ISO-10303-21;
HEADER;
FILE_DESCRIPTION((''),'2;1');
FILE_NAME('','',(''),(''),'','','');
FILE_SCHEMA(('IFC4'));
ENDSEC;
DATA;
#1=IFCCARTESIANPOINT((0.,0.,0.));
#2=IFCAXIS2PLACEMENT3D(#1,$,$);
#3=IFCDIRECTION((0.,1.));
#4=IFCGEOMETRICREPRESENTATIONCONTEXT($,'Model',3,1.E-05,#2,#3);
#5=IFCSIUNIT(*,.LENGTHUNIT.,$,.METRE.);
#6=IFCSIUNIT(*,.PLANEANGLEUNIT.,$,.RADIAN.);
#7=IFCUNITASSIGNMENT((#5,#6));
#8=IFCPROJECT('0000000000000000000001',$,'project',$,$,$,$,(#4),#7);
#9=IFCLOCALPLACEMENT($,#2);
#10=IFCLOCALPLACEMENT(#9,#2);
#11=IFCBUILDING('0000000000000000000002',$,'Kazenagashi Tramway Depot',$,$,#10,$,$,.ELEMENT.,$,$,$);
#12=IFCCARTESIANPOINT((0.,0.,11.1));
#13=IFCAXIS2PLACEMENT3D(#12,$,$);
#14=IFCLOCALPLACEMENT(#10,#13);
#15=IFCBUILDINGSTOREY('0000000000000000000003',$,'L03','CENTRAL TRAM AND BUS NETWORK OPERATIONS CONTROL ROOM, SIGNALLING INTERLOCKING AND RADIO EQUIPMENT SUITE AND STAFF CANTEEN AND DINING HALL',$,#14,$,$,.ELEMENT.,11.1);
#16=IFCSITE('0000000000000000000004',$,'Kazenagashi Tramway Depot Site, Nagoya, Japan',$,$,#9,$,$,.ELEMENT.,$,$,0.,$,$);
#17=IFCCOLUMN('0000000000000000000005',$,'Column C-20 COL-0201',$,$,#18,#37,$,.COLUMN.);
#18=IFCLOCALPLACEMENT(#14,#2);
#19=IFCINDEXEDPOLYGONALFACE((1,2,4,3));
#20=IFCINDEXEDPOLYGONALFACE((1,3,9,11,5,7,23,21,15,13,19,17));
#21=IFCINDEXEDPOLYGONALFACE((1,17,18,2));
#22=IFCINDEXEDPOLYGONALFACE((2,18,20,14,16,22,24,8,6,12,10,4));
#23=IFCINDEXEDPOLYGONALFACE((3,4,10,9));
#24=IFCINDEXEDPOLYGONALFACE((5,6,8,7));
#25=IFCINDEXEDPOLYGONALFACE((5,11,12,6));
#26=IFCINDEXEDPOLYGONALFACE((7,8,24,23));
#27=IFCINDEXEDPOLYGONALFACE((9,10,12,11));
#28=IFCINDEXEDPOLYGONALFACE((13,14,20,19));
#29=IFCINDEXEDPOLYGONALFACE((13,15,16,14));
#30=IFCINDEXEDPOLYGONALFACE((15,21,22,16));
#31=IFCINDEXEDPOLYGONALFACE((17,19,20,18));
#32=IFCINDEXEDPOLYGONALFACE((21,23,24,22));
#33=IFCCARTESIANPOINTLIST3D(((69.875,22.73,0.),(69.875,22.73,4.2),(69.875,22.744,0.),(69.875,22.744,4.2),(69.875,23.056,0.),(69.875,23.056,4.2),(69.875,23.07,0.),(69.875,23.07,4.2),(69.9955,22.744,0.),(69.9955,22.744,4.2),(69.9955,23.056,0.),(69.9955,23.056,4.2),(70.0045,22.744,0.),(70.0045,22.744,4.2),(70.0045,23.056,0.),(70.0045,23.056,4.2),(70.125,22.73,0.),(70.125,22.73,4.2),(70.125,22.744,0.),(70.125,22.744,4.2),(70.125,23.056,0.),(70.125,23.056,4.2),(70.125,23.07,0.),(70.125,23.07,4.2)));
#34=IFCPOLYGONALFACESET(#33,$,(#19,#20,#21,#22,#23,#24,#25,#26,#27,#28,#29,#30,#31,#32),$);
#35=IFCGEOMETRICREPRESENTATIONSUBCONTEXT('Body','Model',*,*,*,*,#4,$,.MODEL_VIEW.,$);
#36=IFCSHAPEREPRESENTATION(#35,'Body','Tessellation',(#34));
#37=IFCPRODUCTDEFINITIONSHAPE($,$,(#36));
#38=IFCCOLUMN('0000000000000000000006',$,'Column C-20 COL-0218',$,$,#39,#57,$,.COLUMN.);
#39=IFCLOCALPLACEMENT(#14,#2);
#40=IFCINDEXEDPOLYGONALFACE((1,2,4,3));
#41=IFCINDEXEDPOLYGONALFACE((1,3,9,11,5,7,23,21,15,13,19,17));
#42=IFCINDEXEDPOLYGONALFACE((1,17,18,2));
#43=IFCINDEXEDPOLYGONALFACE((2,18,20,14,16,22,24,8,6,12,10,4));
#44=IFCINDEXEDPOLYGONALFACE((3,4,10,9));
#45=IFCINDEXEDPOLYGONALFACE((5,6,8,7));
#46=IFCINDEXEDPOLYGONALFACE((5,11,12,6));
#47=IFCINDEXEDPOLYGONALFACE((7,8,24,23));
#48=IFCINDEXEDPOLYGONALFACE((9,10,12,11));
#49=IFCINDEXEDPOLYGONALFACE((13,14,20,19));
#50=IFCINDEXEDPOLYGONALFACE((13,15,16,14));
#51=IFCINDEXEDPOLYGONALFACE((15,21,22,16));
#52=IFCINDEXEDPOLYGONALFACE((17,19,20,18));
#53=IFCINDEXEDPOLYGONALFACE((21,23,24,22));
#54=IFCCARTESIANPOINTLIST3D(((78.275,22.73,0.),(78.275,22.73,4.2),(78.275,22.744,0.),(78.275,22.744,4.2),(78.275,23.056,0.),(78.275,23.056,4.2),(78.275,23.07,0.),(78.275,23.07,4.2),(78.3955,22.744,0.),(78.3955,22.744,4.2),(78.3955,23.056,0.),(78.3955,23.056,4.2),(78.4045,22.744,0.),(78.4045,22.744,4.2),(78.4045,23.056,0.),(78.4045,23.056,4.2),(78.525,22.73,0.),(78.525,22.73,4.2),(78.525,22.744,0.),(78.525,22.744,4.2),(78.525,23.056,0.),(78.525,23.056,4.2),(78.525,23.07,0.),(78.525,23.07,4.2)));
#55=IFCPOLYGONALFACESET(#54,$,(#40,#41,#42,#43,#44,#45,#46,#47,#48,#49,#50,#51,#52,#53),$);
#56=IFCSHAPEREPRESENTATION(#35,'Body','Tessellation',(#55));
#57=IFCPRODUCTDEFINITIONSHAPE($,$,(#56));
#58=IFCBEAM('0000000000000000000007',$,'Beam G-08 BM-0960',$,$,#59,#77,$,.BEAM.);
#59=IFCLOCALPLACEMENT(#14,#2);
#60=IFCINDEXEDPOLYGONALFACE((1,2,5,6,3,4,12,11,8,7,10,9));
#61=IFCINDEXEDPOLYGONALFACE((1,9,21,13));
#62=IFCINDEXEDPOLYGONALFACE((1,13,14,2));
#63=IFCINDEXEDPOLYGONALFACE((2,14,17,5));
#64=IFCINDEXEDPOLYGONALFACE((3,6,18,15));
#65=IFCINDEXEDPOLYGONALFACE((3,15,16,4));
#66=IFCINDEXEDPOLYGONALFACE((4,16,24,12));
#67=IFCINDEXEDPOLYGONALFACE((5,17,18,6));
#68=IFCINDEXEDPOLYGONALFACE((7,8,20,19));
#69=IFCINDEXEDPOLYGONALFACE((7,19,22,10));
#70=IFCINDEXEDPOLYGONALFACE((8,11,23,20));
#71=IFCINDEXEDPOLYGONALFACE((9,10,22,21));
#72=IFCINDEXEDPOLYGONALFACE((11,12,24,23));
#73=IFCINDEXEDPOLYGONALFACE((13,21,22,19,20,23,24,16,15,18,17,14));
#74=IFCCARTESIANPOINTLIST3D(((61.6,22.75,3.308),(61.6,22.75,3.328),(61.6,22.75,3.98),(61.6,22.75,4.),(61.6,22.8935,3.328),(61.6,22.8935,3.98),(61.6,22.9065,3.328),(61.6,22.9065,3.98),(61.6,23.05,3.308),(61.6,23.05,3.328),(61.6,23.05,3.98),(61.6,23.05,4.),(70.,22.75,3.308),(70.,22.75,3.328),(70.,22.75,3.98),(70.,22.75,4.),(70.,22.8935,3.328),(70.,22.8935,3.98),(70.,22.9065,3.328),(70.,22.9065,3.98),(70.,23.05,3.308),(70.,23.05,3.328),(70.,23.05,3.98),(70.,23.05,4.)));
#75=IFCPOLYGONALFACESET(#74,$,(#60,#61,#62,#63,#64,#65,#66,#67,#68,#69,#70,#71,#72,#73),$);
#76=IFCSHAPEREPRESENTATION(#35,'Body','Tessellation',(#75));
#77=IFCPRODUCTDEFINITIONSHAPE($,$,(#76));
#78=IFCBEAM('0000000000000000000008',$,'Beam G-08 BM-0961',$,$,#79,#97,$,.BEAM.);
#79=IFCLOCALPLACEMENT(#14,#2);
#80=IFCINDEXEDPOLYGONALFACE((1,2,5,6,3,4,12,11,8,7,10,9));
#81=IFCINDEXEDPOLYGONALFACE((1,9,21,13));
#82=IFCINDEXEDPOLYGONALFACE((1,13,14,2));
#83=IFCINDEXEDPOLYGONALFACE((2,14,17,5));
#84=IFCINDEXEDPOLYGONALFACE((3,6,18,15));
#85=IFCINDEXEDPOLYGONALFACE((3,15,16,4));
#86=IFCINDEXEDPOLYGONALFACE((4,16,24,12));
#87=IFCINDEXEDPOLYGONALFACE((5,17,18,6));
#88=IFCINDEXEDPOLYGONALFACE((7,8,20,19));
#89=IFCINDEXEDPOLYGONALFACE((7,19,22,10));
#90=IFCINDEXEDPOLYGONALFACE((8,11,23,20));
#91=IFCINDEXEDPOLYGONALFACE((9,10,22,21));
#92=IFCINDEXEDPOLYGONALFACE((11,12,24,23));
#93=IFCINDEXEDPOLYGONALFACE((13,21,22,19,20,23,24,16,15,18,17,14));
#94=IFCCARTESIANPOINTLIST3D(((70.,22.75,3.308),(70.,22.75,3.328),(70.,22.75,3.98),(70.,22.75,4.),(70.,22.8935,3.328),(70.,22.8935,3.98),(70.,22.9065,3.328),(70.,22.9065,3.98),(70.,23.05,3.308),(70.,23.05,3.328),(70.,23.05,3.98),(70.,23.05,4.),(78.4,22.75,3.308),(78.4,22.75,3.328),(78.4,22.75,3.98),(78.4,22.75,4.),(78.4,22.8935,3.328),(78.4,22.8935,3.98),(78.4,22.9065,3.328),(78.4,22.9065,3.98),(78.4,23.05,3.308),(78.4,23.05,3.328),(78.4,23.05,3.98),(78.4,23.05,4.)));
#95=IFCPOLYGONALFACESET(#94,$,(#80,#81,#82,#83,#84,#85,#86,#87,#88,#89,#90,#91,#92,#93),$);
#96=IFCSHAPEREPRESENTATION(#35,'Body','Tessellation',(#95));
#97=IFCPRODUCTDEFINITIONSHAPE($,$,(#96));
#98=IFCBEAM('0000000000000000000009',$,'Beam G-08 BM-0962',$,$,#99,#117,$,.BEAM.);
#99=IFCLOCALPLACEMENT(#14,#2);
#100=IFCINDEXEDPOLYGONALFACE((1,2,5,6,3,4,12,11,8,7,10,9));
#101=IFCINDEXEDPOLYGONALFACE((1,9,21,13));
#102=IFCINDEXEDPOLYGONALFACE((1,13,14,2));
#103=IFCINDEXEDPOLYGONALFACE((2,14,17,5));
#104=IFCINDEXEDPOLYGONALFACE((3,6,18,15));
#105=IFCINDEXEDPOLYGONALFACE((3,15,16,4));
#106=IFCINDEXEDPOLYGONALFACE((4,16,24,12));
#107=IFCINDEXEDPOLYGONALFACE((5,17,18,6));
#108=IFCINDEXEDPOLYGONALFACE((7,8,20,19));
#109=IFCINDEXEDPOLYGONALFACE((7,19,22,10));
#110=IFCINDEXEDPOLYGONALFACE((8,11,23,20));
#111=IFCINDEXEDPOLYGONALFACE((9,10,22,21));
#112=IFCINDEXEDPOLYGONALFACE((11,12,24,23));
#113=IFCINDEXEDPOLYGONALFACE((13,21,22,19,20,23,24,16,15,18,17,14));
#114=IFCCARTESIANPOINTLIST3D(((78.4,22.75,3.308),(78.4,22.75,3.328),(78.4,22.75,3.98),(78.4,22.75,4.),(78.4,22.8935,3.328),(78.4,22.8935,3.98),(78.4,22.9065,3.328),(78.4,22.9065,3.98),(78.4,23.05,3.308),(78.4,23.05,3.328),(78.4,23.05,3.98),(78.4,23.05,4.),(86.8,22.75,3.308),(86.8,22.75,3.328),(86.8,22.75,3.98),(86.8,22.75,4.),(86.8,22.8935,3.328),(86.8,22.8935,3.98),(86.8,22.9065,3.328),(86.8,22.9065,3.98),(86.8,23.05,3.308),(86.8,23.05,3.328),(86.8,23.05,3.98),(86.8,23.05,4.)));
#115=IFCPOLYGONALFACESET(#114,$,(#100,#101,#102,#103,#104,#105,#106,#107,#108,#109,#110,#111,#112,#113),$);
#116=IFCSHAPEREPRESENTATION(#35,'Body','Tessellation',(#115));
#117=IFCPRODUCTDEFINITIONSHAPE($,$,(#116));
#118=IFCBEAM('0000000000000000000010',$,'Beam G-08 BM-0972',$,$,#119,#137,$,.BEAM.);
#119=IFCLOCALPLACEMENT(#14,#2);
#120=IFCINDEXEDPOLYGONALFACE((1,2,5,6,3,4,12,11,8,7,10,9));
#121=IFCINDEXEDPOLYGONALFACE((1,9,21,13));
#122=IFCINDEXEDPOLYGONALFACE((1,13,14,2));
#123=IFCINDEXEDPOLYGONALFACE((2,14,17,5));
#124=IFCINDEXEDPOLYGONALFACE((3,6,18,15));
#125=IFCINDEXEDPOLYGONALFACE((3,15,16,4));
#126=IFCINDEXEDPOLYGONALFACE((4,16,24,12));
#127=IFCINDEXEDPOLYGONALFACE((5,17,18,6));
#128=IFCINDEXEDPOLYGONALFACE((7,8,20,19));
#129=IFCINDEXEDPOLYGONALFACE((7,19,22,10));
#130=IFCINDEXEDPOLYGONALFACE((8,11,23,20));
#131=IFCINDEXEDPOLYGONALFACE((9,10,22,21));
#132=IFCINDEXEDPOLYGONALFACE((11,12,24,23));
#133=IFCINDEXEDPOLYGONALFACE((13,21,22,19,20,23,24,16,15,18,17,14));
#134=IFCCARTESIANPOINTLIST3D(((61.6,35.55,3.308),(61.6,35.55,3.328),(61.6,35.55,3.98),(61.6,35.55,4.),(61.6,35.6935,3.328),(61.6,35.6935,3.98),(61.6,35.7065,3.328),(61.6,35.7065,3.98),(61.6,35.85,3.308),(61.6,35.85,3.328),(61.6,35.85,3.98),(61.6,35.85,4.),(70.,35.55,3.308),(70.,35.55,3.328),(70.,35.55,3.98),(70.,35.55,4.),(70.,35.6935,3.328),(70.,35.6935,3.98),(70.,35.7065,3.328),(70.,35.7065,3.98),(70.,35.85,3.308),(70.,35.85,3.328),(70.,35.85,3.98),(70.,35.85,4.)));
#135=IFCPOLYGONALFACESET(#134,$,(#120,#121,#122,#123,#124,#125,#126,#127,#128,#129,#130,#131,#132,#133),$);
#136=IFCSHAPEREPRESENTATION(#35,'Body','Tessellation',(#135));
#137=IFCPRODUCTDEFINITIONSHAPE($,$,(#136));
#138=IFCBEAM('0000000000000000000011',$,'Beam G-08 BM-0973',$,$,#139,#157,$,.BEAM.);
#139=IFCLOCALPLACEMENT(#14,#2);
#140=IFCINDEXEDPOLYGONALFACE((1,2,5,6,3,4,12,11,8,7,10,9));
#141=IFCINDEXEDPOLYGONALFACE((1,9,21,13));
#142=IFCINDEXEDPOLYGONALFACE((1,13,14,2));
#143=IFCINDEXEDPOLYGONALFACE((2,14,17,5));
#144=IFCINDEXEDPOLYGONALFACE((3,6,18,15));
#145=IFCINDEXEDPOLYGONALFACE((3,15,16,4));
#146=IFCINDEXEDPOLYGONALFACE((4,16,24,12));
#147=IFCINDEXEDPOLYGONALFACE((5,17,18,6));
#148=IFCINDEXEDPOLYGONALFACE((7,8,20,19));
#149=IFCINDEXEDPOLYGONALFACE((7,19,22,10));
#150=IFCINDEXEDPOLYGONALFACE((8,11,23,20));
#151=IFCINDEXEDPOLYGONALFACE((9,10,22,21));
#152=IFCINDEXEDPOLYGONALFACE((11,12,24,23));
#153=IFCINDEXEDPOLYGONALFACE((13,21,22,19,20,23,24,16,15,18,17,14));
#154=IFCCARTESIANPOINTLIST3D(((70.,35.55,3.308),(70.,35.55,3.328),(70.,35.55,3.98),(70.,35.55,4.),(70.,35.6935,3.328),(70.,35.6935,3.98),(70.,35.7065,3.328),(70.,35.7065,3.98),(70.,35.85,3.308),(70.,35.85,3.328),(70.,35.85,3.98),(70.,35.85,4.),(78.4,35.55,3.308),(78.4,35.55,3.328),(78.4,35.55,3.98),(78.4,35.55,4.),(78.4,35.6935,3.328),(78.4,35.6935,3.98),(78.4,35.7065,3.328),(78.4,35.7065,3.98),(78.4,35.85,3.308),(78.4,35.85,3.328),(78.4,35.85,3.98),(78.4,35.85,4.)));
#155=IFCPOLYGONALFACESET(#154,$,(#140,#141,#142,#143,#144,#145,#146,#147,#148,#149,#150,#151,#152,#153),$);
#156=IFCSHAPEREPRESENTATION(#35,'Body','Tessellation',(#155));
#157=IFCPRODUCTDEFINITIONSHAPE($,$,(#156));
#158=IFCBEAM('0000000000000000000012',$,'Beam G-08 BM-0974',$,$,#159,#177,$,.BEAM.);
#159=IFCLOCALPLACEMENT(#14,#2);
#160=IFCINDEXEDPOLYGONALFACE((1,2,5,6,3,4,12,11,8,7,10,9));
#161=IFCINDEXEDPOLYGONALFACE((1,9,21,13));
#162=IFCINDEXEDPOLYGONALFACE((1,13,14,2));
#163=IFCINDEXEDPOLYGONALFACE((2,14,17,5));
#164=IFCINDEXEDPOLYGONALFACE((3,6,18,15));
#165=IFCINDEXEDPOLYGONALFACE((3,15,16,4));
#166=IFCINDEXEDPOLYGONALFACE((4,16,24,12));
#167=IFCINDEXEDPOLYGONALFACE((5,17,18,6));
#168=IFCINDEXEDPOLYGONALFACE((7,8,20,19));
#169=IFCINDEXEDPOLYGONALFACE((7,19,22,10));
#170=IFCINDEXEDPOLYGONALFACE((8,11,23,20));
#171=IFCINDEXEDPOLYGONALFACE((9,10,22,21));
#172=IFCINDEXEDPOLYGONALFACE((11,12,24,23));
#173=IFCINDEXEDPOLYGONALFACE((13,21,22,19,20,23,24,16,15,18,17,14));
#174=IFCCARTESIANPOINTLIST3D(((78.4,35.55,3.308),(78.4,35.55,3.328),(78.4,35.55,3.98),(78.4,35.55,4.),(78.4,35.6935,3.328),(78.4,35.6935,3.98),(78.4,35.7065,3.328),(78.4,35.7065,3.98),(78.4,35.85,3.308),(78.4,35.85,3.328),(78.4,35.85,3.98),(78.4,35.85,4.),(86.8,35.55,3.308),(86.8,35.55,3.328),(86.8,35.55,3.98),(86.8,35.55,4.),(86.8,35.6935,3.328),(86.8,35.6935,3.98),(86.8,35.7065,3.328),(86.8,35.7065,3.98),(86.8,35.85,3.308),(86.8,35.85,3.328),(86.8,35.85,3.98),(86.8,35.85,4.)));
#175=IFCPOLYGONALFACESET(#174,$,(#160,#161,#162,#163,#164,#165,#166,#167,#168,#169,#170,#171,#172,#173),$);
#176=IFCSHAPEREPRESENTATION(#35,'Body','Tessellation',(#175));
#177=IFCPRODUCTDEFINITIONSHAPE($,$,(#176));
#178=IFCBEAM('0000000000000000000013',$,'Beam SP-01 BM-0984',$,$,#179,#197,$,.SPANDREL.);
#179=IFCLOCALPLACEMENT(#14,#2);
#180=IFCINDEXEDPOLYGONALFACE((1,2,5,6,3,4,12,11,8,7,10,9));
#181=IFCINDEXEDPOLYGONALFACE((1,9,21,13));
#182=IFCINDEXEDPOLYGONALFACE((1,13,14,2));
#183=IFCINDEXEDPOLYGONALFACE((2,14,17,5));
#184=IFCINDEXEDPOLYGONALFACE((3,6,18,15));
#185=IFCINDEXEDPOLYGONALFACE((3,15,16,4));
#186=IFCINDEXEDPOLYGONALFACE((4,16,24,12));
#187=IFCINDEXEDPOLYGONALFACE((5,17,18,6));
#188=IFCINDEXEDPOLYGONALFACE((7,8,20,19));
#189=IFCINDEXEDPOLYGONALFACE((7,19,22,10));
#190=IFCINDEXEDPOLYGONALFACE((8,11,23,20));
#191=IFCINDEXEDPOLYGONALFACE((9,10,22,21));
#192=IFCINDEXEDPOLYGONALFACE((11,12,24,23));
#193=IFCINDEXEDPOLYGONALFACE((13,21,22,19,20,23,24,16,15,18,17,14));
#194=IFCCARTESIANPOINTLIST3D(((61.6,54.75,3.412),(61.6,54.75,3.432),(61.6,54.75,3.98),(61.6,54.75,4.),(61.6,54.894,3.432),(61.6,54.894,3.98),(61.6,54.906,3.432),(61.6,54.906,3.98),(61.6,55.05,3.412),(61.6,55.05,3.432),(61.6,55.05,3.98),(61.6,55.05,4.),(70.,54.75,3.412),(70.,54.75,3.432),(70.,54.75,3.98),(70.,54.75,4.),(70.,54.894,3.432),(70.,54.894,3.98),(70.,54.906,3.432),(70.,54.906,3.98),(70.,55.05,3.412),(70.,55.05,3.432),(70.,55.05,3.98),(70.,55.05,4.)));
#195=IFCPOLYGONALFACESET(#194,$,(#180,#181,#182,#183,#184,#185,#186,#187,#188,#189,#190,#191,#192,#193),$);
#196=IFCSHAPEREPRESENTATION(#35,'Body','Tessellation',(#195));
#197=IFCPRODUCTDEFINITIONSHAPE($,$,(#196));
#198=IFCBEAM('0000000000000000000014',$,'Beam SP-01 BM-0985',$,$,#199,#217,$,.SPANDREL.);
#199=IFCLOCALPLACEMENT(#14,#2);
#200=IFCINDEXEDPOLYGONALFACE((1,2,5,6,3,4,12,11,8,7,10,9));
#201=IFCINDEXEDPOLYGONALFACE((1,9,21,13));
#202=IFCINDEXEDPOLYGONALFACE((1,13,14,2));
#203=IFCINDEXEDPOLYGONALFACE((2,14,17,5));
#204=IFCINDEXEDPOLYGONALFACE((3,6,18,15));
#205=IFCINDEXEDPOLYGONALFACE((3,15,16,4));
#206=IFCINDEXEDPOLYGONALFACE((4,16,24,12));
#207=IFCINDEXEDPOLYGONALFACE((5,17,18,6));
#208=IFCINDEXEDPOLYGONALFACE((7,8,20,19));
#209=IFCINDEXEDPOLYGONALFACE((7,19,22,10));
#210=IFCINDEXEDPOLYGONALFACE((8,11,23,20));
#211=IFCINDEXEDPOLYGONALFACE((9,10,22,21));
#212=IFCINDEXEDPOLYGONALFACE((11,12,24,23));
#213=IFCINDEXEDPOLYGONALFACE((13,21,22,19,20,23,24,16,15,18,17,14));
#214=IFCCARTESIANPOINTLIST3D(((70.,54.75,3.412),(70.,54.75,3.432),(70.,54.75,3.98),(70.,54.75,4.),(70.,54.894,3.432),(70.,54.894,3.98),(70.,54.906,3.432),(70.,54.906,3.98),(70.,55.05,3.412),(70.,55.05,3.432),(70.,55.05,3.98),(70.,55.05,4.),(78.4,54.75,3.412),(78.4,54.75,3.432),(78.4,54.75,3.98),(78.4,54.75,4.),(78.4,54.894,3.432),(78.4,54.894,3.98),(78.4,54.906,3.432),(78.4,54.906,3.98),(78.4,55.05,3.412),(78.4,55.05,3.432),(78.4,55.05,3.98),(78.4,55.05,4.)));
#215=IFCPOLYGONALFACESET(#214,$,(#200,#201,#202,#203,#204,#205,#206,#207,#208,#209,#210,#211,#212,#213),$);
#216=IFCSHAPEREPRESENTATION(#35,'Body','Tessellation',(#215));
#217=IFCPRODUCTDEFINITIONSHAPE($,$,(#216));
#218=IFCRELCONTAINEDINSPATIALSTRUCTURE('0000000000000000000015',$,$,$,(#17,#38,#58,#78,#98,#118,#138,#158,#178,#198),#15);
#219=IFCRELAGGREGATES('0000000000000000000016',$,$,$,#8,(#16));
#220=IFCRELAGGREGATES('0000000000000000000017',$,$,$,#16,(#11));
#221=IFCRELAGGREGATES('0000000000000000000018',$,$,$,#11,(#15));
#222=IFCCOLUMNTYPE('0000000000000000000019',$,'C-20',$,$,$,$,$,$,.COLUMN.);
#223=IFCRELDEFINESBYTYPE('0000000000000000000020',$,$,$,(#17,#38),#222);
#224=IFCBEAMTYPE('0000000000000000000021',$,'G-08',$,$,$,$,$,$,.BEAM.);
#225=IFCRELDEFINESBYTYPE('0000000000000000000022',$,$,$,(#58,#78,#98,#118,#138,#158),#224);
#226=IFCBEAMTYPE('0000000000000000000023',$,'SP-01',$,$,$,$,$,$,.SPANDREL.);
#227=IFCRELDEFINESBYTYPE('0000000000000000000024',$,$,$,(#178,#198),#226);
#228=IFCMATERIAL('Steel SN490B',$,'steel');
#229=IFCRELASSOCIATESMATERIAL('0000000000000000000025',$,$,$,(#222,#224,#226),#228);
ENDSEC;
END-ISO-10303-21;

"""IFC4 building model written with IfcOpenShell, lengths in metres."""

from ifc_helpers import new_model, si_unit, direction, frame, origin, origin_2d, place, context, subcontext, project, spatial, i_section, extrude, material, material_profile, profile_set, type_object, element, save


model = new_model("IFC4")

# Units and contexts
model_context = context("Model", 3, precision=1e-05, world=origin(), true_north=direction((0.0, 1.0)))
body_context = subcontext(model_context, "Body", "Model", "MODEL_VIEW")
ifc_project = project(units=[si_unit("LENGTHUNIT", "METRE"), si_unit("PLANEANGLEUNIT", "RADIAN")], contexts=[model_context])

# Site, building, storey
site_placement = place(None, origin())
site = spatial("IfcSite", under=ifc_project, at=site_placement, Name="Kazenagashi Tramway Depot Site, Nagoya, Japan", CompositionType="ELEMENT", RefElevation=0.0)
building_placement = place(site_placement, origin())
building = spatial("IfcBuilding", under=site, at=building_placement, Name="Kazenagashi Tramway Depot", CompositionType="ELEMENT")
storey_placement = place(building_placement, frame((0.0, 0.0, 11.1)))
storey = spatial("IfcBuildingStorey", under=building, at=storey_placement, Name="L03", Description="CENTRAL TRAM AND BUS NETWORK OPERATIONS CONTROL ROOM, SIGNALLING INTERLOCKING AND RADIO EQUIPMENT SUITE AND STAFF CANTEEN AND DINING HALL", CompositionType="ELEMENT", Elevation=11.1)

# Columns
ifc_material_1 = material(Name="Steel SN490B", Category="steel")
ifc_material_profile_1 = material_profile(ifc_material_1, i_section(OverallWidth=0.25, OverallDepth=0.34, WebThickness=0.009, FlangeThickness=0.014, at=origin_2d()), Name="H-340x250x9x14")
ifc_profile_set_1 = profile_set([ifc_material_profile_1], Name="Steel SN490B")
column_type = type_object("IfcColumnType", Name="C-20", PredefinedType="COLUMN", material=ifc_profile_set_1)
for number, where, z_axis, x_axis, name in (
    (1, (70.0, 22.9, 0.0), (0.0, 0.0, 1.0), (1.0, 0.0, 0.0), "Column C-20 COL-0201"),
    (2, (78.4, 22.9, 0.0), (0.0, 0.0, 1.0), (1.0, 0.0, 0.0), "Column C-20 COL-0218"),
):
    element("IfcColumn", number, at=place(storey_placement, frame(where, z_axis=z_axis, x_axis=x_axis)), inside=storey, type_object=column_type, Name=name, PredefinedType="COLUMN", context=body_context, shape_type="SweptSolid", body=[
        extrude(i_section(OverallWidth=0.25, OverallDepth=0.34, WebThickness=0.009, FlangeThickness=0.014, at=origin_2d()), origin(), (0.0, 0.0, 1.0), 4.2),
    ])

# Beams
ifc_material_profile_2 = material_profile(ifc_material_1, i_section(OverallWidth=0.3, OverallDepth=0.692, WebThickness=0.013, FlangeThickness=0.02, at=origin_2d()), Name="H-692x300x13x20")
ifc_profile_set_2 = profile_set([ifc_material_profile_2], Name="Steel SN490B")
beam_type_1 = type_object("IfcBeamType", Name="G-08", PredefinedType="BEAM", material=ifc_profile_set_2)
for number, where, z_axis, x_axis, name in (
    (3, (61.6, 22.9, 3.654), (1.0, 0.0, 0.0), (0.0, 1.0, 0.0), "Beam G-08 BM-0960"),
    (4, (70.0, 22.9, 3.654), (1.0, 0.0, 0.0), (0.0, 1.0, 0.0), "Beam G-08 BM-0961"),
    (5, (78.4, 22.9, 3.654), (1.0, 0.0, 0.0), (0.0, 1.0, 0.0), "Beam G-08 BM-0962"),
    (6, (61.6, 35.7, 3.654), (1.0, 0.0, 0.0), (0.0, 1.0, 0.0), "Beam G-08 BM-0972"),
    (7, (70.0, 35.7, 3.654), (1.0, 0.0, 0.0), (0.0, 1.0, 0.0), "Beam G-08 BM-0973"),
    (8, (78.4, 35.7, 3.654), (1.0, 0.0, 0.0), (0.0, 1.0, 0.0), "Beam G-08 BM-0974"),
):
    element("IfcBeam", number, at=place(storey_placement, frame(where, z_axis=z_axis, x_axis=x_axis)), inside=storey, type_object=beam_type_1, Name=name, PredefinedType="BEAM", context=body_context, shape_type="SweptSolid", body=[
        extrude(i_section(OverallWidth=0.3, OverallDepth=0.692, WebThickness=0.013, FlangeThickness=0.02, at=origin_2d()), origin(), (0.0, 0.0, 1.0), 8.4),
    ])
ifc_material_profile_3 = material_profile(ifc_material_1, i_section(OverallWidth=0.3, OverallDepth=0.588, WebThickness=0.012, FlangeThickness=0.02, at=origin_2d()), Name="H-588x300x12x20")
ifc_profile_set_3 = profile_set([ifc_material_profile_3], Name="Steel SN490B")
beam_type_2 = type_object("IfcBeamType", Name="SP-01", PredefinedType="SPANDREL", material=ifc_profile_set_3)
for number, where, z_axis, x_axis, name in (
    (9, (61.6, 54.9, 3.706), (1.0, 0.0, 0.0), (0.0, 1.0, 0.0), "Beam SP-01 BM-0984"),
    (10, (70.0, 54.9, 3.706), (1.0, 0.0, 0.0), (0.0, 1.0, 0.0), "Beam SP-01 BM-0985"),
):
    element("IfcBeam", number, at=place(storey_placement, frame(where, z_axis=z_axis, x_axis=x_axis)), inside=storey, type_object=beam_type_2, Name=name, PredefinedType="SPANDREL", context=body_context, shape_type="SweptSolid", body=[
        extrude(i_section(OverallWidth=0.3, OverallDepth=0.588, WebThickness=0.012, FlangeThickness=0.02, at=origin_2d()), origin(), (0.0, 0.0, 1.0), 8.4),
    ])

save(model, "model.ifc")
